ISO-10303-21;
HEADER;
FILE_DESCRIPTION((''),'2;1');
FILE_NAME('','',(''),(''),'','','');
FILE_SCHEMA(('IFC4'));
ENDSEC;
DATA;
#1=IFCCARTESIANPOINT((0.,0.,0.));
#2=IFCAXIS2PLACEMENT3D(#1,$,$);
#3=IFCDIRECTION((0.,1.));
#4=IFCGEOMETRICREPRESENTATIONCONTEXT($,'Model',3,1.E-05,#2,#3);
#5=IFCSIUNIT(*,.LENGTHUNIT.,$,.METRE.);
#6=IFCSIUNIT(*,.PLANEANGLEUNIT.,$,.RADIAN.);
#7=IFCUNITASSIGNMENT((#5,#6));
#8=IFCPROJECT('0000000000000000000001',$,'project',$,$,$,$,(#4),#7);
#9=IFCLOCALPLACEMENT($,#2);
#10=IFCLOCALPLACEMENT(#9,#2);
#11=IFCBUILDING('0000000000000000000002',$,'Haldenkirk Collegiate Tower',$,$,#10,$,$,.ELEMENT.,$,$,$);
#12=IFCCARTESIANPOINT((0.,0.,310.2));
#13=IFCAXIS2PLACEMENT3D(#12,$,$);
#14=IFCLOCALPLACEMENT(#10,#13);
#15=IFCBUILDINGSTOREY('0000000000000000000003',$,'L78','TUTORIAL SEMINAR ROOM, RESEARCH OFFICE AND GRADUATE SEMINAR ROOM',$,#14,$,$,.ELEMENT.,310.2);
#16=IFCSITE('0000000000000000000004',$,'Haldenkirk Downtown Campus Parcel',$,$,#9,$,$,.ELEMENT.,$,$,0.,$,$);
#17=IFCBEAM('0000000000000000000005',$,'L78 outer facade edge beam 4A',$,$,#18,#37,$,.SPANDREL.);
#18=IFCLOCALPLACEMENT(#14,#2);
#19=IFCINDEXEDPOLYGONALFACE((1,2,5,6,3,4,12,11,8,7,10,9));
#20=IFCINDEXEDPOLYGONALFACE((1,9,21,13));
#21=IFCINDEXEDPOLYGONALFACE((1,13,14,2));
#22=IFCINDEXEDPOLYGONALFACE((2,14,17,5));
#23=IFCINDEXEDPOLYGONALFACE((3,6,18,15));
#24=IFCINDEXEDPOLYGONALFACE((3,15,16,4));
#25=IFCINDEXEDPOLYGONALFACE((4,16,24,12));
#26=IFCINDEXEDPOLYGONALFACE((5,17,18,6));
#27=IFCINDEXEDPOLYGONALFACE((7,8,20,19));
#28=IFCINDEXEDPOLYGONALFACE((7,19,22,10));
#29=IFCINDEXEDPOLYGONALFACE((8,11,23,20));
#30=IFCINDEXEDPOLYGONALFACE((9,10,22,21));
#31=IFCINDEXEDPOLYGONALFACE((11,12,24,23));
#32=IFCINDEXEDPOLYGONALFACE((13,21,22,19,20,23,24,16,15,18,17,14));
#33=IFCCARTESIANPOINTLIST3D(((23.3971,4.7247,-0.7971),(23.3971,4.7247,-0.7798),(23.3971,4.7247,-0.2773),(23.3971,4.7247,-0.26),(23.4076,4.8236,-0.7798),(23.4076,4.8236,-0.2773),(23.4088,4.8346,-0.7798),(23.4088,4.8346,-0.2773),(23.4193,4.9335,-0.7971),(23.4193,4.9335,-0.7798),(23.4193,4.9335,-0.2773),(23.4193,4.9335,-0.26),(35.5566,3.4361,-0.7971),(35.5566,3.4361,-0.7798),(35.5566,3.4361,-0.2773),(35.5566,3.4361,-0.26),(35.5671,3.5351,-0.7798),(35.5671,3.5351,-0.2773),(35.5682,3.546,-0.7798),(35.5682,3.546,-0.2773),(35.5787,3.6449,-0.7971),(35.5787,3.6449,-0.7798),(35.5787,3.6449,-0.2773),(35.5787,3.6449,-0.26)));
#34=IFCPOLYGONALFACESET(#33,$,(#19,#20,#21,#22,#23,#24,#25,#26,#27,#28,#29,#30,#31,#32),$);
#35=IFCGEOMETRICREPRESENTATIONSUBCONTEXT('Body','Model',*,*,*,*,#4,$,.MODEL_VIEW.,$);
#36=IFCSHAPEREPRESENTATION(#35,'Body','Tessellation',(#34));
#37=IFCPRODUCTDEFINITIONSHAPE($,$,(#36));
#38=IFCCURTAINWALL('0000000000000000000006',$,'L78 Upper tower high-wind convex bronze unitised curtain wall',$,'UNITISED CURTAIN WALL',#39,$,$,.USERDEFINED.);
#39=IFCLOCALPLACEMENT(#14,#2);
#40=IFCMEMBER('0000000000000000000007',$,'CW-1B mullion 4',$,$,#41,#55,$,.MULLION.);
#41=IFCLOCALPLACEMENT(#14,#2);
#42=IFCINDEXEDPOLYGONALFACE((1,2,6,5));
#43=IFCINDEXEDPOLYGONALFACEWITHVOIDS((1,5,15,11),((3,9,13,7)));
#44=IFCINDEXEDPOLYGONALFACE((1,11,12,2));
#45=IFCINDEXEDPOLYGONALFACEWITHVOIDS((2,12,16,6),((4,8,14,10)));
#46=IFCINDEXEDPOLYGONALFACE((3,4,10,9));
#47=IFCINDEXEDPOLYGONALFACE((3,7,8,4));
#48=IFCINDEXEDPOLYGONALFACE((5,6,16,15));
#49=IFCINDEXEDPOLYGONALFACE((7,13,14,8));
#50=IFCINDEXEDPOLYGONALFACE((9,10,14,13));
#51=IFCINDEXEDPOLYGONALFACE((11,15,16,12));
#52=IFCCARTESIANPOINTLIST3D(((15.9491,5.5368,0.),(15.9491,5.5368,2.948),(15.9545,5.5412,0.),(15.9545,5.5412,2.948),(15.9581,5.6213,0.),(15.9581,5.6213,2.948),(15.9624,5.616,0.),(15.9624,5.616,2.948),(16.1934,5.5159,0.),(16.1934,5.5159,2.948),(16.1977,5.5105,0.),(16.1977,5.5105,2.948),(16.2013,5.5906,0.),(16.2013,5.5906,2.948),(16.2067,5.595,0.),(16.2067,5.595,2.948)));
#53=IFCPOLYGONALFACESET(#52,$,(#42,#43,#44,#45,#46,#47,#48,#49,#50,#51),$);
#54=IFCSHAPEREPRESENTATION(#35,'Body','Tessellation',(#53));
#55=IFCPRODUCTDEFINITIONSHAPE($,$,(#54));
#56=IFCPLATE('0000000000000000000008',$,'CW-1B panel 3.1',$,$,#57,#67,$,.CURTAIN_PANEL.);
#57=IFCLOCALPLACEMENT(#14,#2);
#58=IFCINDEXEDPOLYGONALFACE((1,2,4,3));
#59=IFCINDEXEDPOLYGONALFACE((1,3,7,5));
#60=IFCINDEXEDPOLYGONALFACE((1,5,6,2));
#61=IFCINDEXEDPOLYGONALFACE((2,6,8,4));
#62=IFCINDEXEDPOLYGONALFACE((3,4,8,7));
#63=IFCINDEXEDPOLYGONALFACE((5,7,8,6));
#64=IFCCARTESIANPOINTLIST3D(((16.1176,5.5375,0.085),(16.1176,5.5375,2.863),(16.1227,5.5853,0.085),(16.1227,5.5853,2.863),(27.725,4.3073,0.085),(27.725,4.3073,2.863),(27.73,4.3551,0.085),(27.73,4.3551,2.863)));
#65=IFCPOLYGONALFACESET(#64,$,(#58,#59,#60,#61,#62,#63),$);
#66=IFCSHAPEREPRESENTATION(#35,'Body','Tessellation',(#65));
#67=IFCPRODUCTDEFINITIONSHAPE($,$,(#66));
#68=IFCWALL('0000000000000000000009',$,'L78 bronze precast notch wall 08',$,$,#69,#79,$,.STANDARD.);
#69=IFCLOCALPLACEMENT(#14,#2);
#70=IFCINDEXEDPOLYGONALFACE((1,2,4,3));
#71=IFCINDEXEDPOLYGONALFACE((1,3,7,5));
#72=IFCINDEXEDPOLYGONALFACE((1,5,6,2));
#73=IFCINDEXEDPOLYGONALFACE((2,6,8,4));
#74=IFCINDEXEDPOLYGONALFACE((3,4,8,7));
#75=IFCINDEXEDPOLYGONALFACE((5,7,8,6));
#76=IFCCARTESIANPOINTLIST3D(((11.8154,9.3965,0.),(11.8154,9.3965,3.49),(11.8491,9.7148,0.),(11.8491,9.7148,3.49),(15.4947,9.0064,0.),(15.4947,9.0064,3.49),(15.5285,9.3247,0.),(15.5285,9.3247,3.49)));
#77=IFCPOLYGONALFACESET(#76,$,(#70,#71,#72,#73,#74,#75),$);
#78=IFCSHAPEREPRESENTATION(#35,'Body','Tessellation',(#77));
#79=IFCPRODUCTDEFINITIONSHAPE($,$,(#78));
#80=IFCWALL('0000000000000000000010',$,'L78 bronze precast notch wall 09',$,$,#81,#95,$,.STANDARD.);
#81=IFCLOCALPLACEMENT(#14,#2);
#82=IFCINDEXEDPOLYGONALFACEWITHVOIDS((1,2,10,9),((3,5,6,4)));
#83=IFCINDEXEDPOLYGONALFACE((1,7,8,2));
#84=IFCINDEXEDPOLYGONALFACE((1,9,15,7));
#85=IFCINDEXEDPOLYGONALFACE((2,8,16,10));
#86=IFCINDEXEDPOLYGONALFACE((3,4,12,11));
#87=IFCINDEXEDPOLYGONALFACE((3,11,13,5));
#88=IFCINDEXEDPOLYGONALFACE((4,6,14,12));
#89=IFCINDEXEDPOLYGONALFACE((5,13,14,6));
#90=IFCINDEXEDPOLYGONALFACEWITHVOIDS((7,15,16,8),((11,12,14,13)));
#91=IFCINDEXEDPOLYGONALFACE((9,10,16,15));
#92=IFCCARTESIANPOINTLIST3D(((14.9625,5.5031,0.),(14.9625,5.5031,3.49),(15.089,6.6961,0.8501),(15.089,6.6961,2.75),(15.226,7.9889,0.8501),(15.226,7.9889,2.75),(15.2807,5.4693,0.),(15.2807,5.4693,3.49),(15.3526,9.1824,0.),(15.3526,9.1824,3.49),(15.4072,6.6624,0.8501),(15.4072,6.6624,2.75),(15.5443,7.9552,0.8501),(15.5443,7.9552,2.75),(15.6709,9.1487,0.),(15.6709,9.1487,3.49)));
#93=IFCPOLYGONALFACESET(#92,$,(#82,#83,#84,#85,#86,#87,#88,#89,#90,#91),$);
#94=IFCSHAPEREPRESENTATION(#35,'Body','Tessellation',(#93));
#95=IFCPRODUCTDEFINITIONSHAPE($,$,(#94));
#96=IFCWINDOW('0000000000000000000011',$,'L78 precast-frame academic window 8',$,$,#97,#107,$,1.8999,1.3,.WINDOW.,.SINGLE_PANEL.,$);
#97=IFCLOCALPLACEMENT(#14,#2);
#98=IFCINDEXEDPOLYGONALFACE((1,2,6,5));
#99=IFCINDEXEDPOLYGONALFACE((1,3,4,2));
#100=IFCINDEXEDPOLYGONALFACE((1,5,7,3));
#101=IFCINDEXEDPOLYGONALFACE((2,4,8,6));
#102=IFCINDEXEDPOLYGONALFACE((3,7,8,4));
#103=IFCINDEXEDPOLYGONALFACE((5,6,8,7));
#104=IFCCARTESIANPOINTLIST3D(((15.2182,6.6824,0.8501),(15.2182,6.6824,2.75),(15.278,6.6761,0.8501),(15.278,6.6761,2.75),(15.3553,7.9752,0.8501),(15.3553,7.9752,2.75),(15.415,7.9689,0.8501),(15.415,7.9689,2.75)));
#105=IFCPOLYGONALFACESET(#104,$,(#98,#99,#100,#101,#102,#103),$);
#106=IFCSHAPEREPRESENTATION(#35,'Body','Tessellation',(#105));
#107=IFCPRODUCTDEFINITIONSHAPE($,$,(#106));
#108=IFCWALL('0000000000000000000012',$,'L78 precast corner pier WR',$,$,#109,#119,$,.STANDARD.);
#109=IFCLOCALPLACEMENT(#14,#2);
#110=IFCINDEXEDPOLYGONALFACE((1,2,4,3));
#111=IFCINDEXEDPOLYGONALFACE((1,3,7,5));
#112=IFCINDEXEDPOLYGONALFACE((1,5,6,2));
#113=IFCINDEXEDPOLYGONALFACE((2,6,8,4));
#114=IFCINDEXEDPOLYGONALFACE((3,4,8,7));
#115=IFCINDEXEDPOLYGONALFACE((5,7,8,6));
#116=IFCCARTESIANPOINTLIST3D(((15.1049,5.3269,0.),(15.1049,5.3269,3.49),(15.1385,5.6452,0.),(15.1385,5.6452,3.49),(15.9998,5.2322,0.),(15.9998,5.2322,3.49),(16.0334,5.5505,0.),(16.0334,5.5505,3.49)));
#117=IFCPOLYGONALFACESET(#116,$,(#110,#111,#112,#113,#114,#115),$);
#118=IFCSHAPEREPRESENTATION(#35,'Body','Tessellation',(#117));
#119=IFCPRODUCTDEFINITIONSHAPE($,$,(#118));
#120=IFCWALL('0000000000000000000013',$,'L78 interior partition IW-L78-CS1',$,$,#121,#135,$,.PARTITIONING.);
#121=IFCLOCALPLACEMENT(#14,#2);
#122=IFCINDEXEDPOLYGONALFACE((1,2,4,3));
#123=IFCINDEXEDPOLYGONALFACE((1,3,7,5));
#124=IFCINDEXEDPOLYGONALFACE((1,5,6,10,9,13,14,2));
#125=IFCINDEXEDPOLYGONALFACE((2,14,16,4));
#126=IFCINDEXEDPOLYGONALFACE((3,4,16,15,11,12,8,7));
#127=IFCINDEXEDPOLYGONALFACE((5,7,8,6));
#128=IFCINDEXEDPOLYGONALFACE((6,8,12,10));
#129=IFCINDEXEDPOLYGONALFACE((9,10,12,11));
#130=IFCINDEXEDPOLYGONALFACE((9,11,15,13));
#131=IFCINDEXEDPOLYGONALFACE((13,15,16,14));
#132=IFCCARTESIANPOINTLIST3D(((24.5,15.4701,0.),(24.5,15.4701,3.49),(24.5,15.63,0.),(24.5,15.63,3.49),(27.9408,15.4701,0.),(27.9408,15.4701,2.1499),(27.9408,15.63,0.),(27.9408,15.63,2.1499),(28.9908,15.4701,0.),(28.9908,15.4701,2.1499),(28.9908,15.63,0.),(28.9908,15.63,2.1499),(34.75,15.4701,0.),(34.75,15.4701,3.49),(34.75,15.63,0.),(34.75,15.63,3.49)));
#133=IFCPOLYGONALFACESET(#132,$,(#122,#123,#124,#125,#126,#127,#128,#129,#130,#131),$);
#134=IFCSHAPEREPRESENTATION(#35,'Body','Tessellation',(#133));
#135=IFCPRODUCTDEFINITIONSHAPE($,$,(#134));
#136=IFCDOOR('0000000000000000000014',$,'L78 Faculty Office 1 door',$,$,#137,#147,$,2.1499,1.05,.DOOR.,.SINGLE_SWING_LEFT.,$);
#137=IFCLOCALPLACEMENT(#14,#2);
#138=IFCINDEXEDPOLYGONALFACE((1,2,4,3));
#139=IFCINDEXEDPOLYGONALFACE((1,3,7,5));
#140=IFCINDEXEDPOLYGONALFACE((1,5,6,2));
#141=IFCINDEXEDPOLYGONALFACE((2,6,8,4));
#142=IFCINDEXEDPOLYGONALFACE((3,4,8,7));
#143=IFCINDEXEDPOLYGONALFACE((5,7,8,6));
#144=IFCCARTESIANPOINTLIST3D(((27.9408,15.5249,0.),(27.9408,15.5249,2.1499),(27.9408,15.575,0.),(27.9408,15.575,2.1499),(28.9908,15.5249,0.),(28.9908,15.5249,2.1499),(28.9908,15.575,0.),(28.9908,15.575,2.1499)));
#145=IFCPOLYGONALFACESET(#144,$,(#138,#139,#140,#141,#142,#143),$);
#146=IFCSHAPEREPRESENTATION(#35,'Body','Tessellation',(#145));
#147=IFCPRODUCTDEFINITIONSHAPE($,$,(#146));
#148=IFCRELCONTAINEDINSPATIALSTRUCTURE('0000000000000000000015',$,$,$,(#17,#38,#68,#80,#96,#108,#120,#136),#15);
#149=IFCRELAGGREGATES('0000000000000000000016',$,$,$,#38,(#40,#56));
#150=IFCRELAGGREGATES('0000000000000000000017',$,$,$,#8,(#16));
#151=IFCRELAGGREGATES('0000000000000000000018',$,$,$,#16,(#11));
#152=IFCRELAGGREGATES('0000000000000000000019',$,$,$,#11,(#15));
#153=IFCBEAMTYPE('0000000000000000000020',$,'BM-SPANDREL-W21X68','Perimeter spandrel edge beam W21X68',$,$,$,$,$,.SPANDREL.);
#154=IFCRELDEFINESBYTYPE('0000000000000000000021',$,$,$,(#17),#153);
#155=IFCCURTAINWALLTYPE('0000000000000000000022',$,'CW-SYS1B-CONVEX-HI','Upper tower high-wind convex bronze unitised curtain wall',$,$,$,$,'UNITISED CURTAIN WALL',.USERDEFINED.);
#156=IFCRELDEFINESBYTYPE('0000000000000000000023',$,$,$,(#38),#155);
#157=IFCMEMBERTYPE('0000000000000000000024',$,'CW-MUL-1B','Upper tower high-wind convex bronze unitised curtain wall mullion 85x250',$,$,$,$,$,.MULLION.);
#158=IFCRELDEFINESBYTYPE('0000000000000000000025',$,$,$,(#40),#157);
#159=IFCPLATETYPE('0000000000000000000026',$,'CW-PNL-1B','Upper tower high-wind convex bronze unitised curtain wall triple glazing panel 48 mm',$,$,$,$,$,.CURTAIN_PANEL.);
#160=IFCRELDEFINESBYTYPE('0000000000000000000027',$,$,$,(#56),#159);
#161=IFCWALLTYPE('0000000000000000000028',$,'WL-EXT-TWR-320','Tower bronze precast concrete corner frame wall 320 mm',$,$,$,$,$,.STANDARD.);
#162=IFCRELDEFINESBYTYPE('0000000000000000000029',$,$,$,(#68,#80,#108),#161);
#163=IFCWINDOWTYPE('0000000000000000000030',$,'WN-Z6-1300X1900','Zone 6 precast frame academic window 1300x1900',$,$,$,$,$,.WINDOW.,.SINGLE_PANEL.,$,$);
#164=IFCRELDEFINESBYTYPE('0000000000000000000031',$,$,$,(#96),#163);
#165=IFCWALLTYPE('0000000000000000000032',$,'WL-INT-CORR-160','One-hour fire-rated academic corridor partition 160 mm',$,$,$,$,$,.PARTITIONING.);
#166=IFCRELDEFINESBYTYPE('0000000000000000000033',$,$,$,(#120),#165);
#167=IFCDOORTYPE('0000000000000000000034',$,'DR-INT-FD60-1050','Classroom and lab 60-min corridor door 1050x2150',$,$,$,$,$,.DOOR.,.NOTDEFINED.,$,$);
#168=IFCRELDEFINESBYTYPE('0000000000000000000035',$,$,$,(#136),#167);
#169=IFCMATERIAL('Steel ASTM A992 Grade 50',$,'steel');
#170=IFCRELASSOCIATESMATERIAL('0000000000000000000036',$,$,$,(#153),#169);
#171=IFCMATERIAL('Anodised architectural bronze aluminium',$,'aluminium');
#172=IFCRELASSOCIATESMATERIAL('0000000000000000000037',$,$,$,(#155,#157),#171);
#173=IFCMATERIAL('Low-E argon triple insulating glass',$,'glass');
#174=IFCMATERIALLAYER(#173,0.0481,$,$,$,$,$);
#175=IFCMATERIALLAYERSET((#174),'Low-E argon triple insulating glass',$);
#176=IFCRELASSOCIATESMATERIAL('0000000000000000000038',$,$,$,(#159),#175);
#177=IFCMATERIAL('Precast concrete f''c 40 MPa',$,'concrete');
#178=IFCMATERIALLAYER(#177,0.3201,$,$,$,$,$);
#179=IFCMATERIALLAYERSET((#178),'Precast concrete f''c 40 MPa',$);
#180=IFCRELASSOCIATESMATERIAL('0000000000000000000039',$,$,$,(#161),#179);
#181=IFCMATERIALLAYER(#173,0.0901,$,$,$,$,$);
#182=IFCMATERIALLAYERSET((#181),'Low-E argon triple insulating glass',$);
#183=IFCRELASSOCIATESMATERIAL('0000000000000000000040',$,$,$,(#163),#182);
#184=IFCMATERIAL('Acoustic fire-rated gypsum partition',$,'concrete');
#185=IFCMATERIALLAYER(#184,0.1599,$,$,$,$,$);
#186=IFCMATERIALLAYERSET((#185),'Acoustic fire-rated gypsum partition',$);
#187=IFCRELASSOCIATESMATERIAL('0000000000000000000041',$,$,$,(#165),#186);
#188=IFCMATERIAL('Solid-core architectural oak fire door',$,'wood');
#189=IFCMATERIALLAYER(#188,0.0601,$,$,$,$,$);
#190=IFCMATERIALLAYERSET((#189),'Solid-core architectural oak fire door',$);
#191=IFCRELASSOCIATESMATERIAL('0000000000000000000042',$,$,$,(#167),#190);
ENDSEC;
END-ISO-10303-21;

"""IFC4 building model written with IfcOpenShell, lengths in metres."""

from ifc_helpers import new_model, si_unit, direction, frame, frame_2d, origin, origin_2d, place, context, subcontext, project, spatial, rectangle, hollow_rectangle, i_section, extrude, source, transform, mapped, material, layer, layer_set, material_profile, profile_set, type_object, element, fill, aggregate, save


model = new_model("IFC4")

# Units and contexts
model_context = context("Model", 3, precision=1e-05, world=origin(), true_north=direction((0.0, 1.0)))
body_context = subcontext(model_context, "Body", "Model", "MODEL_VIEW")
ifc_project = project(units=[si_unit("LENGTHUNIT", "METRE"), si_unit("PLANEANGLEUNIT", "RADIAN")], contexts=[model_context])

# Site, building, storey
site_placement = place(None, origin())
site = spatial("IfcSite", under=ifc_project, at=site_placement, Name="Haldenkirk Downtown Campus Parcel", CompositionType="ELEMENT", RefElevation=0.0)
building_placement = place(site_placement, origin())
building = spatial("IfcBuilding", under=site, at=building_placement, Name="Haldenkirk Collegiate Tower", CompositionType="ELEMENT")
storey_placement = place(building_placement, frame((0.0, 0.0, 310.2)))
storey = spatial("IfcBuildingStorey", under=building, at=storey_placement, Name="L78", Description="TUTORIAL SEMINAR ROOM, RESEARCH OFFICE AND GRADUATE SEMINAR ROOM", CompositionType="ELEMENT", Elevation=310.2)

# Beam
ifc_material_1 = material(Name="Steel ASTM A992 Grade 50", Category="steel")
ifc_material_profile_1 = material_profile(ifc_material_1, i_section(OverallWidth=0.21, OverallDepth=0.5371, WebThickness=0.011, FlangeThickness=0.0173, at=origin_2d()), Name="W21X68")
ifc_profile_set_1 = profile_set([ifc_material_profile_1], Name="Steel ASTM A992 Grade 50")
beam_type_1 = type_object("IfcBeamType", Name="BM-SPANDREL-W21X68", Description="Perimeter spandrel edge beam W21X68", PredefinedType="SPANDREL", material=ifc_profile_set_1)
beam_1_placement = place(storey_placement, frame((23.4082, 4.8291, -0.5286), z_axis=(0.994432, -0.105383, 0.0), x_axis=(0.105383, 0.994432, 0.0)))
element("IfcBeam", 1, at=beam_1_placement, inside=storey, type_object=beam_type_1, Name="L78 outer facade edge beam 4A", PredefinedType="SPANDREL", context=body_context, shape_type="SweptSolid", body=[
    extrude(i_section(OverallWidth=0.21, OverallDepth=0.5371, WebThickness=0.011, FlangeThickness=0.0173, at=origin_2d()), origin(), (0.0, 0.0, 1.0), 12.2275),
])

# Curtain wall, member, plate
ifc_material_2 = material(Name="Anodised architectural bronze aluminium", Category="aluminium")
curtain_wall_type = type_object("IfcCurtainWallType", Name="CW-SYS1B-CONVEX-HI", Description="Upper tower high-wind convex bronze unitised curtain wall", ElementType="UNITISED CURTAIN WALL", PredefinedType="USERDEFINED", material=ifc_material_2)
curtain_wall_placement = place(storey_placement, origin())
curtain_wall = element("IfcCurtainWall", 2, at=curtain_wall_placement, inside=storey, type_object=curtain_wall_type, Name="L78 Upper tower high-wind convex bronze unitised curtain wall", ObjectType="UNITISED CURTAIN WALL", PredefinedType="USERDEFINED")
ifc_material_profile_2 = material_profile(ifc_material_2, hollow_rectangle(XDim=0.085, YDim=0.25, WallThickness=0.0049, at=origin_2d()), Name="CW-MUL-1B")
ifc_profile_set_2 = profile_set([ifc_material_profile_2], Name="Anodised architectural bronze aluminium")
member_type = type_object("IfcMemberType", Name="CW-MUL-1B", Description="Upper tower high-wind convex bronze unitised curtain wall mullion 85x250", PredefinedType="MULLION", material=ifc_profile_set_2)
member_placement = place(storey_placement, frame((16.0779, 5.5659, 0.0), z_axis=(0.0, 0.0, 1.0), x_axis=(-0.105393, -0.994431, 0.0)))
member = element("IfcMember", 3, at=member_placement, type_object=member_type, Name="CW-1B mullion 4", PredefinedType="MULLION", context=body_context, shape_type="SweptSolid", body=[
    extrude(hollow_rectangle(XDim=0.085, YDim=0.25, WallThickness=0.0049, at=origin_2d()), origin(), (0.0, 0.0, 1.0), 2.948),
])
ifc_material_3 = material(Name="Low-E argon triple insulating glass", Category="glass")
ifc_layer_1 = layer(ifc_material_3, 0.0481)
ifc_layer_set_1 = layer_set([ifc_layer_1], Name="Low-E argon triple insulating glass")
plate_type = type_object("IfcPlateType", Name="CW-PNL-1B", Description="Upper tower high-wind convex bronze unitised curtain wall triple glazing panel 48 mm", PredefinedType="CURTAIN_PANEL", material=ifc_layer_set_1)
shared_shape_1 = source(origin(), body_context, "Body", "SweptSolid", [
    extrude(rectangle(XDim=11.6724, YDim=0.0481, at=origin_2d()), origin(), (0.0, 0.0, 1.0), 2.7781),
])
plate_placement = place(storey_placement, frame((21.9238, 4.9463, 0.085), z_axis=(0.0, 0.0, 1.0), x_axis=(-0.994431, 0.105393, 0.0)))
plate = element("IfcPlate", 4, at=plate_placement, type_object=plate_type, Name="CW-1B panel 3.1", PredefinedType="CURTAIN_PANEL", context=body_context, shape_type="MappedRepresentation", body=[
    mapped(shared_shape_1, transform((0.0, 0.0, 0.0), x_axis=(1.0, 0.0, 0.0), y_axis=(0.0, 1.0, 0.0), z_axis=(0.0, 0.0, 1.0), scale=1.0)),
])
aggregate(curtain_wall, [member, plate])

# Wall
ifc_material_4 = material(Name="Precast concrete f'c 40 MPa", Category="concrete")
ifc_layer_2 = layer(ifc_material_4, 0.3201)
ifc_layer_set_2 = layer_set([ifc_layer_2], Name="Precast concrete f'c 40 MPa")
wall_type_1 = type_object("IfcWallType", Name="WL-EXT-TWR-320", Description="Tower bronze precast concrete corner frame wall 320 mm", PredefinedType="STANDARD", material=ifc_layer_set_2)
wall_1_placement = place(storey_placement, frame((15.5117, 9.1655, 0.0), z_axis=(0.0, 0.0, 1.0), x_axis=(-0.994426, 0.10544, 0.0)))
element("IfcWall", 5, at=wall_1_placement, inside=storey, type_object=wall_type_1, Name="L78 bronze precast notch wall 08", PredefinedType="STANDARD", context=body_context, shape_type="SweptSolid", body=[
    extrude(rectangle(XDim=3.7, YDim=0.3201, at=frame_2d((1.8501, 0.0))), origin(), (0.0, 0.0, 1.0), 3.49),
])

# Wall, opening, window
wall_2_placement = place(storey_placement, frame((15.1216, 5.4861, 0.0), z_axis=(0.0, 0.0, 1.0), x_axis=(0.10544, 0.994426, 0.0)))
wall_2 = element("IfcWall", 6, at=wall_2_placement, inside=storey, type_object=wall_type_1, Name="L78 bronze precast notch wall 09", PredefinedType="STANDARD", context=body_context, shape_type="SweptSolid", body=[
    extrude(rectangle(XDim=3.7, YDim=0.3201, at=frame_2d((1.8501, 0.0))), origin(), (0.0, 0.0, 1.0), 3.49),
])
opening_1_placement = place(wall_2_placement, frame((1.2, 0.0, 0.8501)))
opening_1 = element("IfcOpeningElement", 7, at=opening_1_placement, cuts=wall_2, PredefinedType="OPENING", context=body_context, shape_type="SweptSolid", body=[
    extrude(rectangle(XDim=1.3, YDim=1.8999, at=frame_2d((0.6499, 0.95))), frame((0.0, 0.1699, 0.0), z_axis=(0.0, -1.0, 0.0), x_axis=(1.0, 0.0, 0.0)), (0.0, 0.0, 1.0), 0.3401),
])
ifc_layer_3 = layer(ifc_material_3, 0.0901)
ifc_layer_set_3 = layer_set([ifc_layer_3], Name="Low-E argon triple insulating glass")
window_type = type_object("IfcWindowType", Name="WN-Z6-1300X1900", Description="Zone 6 precast frame academic window 1300x1900", PartitioningType="SINGLE_PANEL", PredefinedType="WINDOW", material=ifc_layer_set_3)
window_placement = place(opening_1_placement, origin())
window = element("IfcWindow", 8, at=window_placement, inside=storey, type_object=window_type, Name="L78 precast-frame academic window 8", OverallHeight=1.8999, OverallWidth=1.3, PartitioningType="SINGLE_PANEL", PredefinedType="WINDOW", context=body_context, shape_type="SweptSolid", body=[
    extrude(rectangle(XDim=1.3, YDim=1.8999, at=frame_2d((0.6499, 0.95))), frame((0.0, 0.03, 0.0), z_axis=(0.0, -1.0, 0.0), x_axis=(1.0, 0.0, 0.0)), (0.0, 0.0, 1.0), 0.0601),
])
fill(opening_1, window)

# Wall
wall_3_placement = place(storey_placement, frame((16.0166, 5.3914, 0.0), z_axis=(0.0, 0.0, 1.0), x_axis=(-0.994446, 0.10525, 0.0)))
element("IfcWall", 9, at=wall_3_placement, inside=storey, type_object=wall_type_1, Name="L78 precast corner pier WR", PredefinedType="STANDARD", context=body_context, shape_type="SweptSolid", body=[
    extrude(rectangle(XDim=0.8999, YDim=0.3201, at=frame_2d((0.45, 0.0))), origin(), (0.0, 0.0, 1.0), 3.49),
])

# Wall, opening, door
ifc_material_5 = material(Name="Acoustic fire-rated gypsum partition", Category="concrete")
ifc_layer_4 = layer(ifc_material_5, 0.1599)
ifc_layer_set_4 = layer_set([ifc_layer_4], Name="Acoustic fire-rated gypsum partition")
wall_type_2 = type_object("IfcWallType", Name="WL-INT-CORR-160", Description="One-hour fire-rated academic corridor partition 160 mm", PredefinedType="PARTITIONING", material=ifc_layer_set_4)
wall_4_placement = place(storey_placement, frame((24.5, 15.55, 0.0), z_axis=(0.0, 0.0, 1.0), x_axis=(1.0, 0.0, 0.0)))
wall_4 = element("IfcWall", 10, at=wall_4_placement, inside=storey, type_object=wall_type_2, Name="L78 interior partition IW-L78-CS1", PredefinedType="PARTITIONING", context=body_context, shape_type="SweptSolid", body=[
    extrude(rectangle(XDim=10.25, YDim=0.1599, at=frame_2d((5.125, 0.0))), origin(), (0.0, 0.0, 1.0), 3.49),
])
opening_2_placement = place(wall_4_placement, frame((3.4409, 0.0, 0.0)))
opening_2 = element("IfcOpeningElement", 11, at=opening_2_placement, cuts=wall_4, PredefinedType="OPENING", context=body_context, shape_type="SweptSolid", body=[
    extrude(rectangle(XDim=1.05, YDim=2.1499, at=frame_2d((0.5249, 1.075))), frame((0.0, 0.0898, 0.0), z_axis=(0.0, -1.0, 0.0), x_axis=(1.0, 0.0, 0.0)), (0.0, 0.0, 1.0), 0.1799),
])
ifc_material_6 = material(Name="Solid-core architectural oak fire door", Category="wood")
ifc_layer_5 = layer(ifc_material_6, 0.0601)
ifc_layer_set_5 = layer_set([ifc_layer_5], Name="Solid-core architectural oak fire door")
door_type = type_object("IfcDoorType", Name="DR-INT-FD60-1050", Description="Classroom and lab 60-min corridor door 1050x2150", OperationType="NOTDEFINED", PredefinedType="DOOR", material=ifc_layer_set_5)
door_1_placement = place(opening_2_placement, origin())
door_1 = element("IfcDoor", 12, at=door_1_placement, inside=storey, type_object=door_type, Name="L78 Faculty Office 1 door", OperationType="SINGLE_SWING_LEFT", OverallHeight=2.1499, OverallWidth=1.05, PredefinedType="DOOR", context=body_context, shape_type="SweptSolid", body=[
    extrude(rectangle(XDim=1.05, YDim=2.1499, at=frame_2d((0.5249, 1.075))), frame((0.0, 0.0249, 0.0), z_axis=(0.0, -1.0, 0.0), x_axis=(1.0, 0.0, 0.0)), (0.0, 0.0, 1.0), 0.05),
])
fill(opening_2, door_1)

save(model, "model.ifc")
